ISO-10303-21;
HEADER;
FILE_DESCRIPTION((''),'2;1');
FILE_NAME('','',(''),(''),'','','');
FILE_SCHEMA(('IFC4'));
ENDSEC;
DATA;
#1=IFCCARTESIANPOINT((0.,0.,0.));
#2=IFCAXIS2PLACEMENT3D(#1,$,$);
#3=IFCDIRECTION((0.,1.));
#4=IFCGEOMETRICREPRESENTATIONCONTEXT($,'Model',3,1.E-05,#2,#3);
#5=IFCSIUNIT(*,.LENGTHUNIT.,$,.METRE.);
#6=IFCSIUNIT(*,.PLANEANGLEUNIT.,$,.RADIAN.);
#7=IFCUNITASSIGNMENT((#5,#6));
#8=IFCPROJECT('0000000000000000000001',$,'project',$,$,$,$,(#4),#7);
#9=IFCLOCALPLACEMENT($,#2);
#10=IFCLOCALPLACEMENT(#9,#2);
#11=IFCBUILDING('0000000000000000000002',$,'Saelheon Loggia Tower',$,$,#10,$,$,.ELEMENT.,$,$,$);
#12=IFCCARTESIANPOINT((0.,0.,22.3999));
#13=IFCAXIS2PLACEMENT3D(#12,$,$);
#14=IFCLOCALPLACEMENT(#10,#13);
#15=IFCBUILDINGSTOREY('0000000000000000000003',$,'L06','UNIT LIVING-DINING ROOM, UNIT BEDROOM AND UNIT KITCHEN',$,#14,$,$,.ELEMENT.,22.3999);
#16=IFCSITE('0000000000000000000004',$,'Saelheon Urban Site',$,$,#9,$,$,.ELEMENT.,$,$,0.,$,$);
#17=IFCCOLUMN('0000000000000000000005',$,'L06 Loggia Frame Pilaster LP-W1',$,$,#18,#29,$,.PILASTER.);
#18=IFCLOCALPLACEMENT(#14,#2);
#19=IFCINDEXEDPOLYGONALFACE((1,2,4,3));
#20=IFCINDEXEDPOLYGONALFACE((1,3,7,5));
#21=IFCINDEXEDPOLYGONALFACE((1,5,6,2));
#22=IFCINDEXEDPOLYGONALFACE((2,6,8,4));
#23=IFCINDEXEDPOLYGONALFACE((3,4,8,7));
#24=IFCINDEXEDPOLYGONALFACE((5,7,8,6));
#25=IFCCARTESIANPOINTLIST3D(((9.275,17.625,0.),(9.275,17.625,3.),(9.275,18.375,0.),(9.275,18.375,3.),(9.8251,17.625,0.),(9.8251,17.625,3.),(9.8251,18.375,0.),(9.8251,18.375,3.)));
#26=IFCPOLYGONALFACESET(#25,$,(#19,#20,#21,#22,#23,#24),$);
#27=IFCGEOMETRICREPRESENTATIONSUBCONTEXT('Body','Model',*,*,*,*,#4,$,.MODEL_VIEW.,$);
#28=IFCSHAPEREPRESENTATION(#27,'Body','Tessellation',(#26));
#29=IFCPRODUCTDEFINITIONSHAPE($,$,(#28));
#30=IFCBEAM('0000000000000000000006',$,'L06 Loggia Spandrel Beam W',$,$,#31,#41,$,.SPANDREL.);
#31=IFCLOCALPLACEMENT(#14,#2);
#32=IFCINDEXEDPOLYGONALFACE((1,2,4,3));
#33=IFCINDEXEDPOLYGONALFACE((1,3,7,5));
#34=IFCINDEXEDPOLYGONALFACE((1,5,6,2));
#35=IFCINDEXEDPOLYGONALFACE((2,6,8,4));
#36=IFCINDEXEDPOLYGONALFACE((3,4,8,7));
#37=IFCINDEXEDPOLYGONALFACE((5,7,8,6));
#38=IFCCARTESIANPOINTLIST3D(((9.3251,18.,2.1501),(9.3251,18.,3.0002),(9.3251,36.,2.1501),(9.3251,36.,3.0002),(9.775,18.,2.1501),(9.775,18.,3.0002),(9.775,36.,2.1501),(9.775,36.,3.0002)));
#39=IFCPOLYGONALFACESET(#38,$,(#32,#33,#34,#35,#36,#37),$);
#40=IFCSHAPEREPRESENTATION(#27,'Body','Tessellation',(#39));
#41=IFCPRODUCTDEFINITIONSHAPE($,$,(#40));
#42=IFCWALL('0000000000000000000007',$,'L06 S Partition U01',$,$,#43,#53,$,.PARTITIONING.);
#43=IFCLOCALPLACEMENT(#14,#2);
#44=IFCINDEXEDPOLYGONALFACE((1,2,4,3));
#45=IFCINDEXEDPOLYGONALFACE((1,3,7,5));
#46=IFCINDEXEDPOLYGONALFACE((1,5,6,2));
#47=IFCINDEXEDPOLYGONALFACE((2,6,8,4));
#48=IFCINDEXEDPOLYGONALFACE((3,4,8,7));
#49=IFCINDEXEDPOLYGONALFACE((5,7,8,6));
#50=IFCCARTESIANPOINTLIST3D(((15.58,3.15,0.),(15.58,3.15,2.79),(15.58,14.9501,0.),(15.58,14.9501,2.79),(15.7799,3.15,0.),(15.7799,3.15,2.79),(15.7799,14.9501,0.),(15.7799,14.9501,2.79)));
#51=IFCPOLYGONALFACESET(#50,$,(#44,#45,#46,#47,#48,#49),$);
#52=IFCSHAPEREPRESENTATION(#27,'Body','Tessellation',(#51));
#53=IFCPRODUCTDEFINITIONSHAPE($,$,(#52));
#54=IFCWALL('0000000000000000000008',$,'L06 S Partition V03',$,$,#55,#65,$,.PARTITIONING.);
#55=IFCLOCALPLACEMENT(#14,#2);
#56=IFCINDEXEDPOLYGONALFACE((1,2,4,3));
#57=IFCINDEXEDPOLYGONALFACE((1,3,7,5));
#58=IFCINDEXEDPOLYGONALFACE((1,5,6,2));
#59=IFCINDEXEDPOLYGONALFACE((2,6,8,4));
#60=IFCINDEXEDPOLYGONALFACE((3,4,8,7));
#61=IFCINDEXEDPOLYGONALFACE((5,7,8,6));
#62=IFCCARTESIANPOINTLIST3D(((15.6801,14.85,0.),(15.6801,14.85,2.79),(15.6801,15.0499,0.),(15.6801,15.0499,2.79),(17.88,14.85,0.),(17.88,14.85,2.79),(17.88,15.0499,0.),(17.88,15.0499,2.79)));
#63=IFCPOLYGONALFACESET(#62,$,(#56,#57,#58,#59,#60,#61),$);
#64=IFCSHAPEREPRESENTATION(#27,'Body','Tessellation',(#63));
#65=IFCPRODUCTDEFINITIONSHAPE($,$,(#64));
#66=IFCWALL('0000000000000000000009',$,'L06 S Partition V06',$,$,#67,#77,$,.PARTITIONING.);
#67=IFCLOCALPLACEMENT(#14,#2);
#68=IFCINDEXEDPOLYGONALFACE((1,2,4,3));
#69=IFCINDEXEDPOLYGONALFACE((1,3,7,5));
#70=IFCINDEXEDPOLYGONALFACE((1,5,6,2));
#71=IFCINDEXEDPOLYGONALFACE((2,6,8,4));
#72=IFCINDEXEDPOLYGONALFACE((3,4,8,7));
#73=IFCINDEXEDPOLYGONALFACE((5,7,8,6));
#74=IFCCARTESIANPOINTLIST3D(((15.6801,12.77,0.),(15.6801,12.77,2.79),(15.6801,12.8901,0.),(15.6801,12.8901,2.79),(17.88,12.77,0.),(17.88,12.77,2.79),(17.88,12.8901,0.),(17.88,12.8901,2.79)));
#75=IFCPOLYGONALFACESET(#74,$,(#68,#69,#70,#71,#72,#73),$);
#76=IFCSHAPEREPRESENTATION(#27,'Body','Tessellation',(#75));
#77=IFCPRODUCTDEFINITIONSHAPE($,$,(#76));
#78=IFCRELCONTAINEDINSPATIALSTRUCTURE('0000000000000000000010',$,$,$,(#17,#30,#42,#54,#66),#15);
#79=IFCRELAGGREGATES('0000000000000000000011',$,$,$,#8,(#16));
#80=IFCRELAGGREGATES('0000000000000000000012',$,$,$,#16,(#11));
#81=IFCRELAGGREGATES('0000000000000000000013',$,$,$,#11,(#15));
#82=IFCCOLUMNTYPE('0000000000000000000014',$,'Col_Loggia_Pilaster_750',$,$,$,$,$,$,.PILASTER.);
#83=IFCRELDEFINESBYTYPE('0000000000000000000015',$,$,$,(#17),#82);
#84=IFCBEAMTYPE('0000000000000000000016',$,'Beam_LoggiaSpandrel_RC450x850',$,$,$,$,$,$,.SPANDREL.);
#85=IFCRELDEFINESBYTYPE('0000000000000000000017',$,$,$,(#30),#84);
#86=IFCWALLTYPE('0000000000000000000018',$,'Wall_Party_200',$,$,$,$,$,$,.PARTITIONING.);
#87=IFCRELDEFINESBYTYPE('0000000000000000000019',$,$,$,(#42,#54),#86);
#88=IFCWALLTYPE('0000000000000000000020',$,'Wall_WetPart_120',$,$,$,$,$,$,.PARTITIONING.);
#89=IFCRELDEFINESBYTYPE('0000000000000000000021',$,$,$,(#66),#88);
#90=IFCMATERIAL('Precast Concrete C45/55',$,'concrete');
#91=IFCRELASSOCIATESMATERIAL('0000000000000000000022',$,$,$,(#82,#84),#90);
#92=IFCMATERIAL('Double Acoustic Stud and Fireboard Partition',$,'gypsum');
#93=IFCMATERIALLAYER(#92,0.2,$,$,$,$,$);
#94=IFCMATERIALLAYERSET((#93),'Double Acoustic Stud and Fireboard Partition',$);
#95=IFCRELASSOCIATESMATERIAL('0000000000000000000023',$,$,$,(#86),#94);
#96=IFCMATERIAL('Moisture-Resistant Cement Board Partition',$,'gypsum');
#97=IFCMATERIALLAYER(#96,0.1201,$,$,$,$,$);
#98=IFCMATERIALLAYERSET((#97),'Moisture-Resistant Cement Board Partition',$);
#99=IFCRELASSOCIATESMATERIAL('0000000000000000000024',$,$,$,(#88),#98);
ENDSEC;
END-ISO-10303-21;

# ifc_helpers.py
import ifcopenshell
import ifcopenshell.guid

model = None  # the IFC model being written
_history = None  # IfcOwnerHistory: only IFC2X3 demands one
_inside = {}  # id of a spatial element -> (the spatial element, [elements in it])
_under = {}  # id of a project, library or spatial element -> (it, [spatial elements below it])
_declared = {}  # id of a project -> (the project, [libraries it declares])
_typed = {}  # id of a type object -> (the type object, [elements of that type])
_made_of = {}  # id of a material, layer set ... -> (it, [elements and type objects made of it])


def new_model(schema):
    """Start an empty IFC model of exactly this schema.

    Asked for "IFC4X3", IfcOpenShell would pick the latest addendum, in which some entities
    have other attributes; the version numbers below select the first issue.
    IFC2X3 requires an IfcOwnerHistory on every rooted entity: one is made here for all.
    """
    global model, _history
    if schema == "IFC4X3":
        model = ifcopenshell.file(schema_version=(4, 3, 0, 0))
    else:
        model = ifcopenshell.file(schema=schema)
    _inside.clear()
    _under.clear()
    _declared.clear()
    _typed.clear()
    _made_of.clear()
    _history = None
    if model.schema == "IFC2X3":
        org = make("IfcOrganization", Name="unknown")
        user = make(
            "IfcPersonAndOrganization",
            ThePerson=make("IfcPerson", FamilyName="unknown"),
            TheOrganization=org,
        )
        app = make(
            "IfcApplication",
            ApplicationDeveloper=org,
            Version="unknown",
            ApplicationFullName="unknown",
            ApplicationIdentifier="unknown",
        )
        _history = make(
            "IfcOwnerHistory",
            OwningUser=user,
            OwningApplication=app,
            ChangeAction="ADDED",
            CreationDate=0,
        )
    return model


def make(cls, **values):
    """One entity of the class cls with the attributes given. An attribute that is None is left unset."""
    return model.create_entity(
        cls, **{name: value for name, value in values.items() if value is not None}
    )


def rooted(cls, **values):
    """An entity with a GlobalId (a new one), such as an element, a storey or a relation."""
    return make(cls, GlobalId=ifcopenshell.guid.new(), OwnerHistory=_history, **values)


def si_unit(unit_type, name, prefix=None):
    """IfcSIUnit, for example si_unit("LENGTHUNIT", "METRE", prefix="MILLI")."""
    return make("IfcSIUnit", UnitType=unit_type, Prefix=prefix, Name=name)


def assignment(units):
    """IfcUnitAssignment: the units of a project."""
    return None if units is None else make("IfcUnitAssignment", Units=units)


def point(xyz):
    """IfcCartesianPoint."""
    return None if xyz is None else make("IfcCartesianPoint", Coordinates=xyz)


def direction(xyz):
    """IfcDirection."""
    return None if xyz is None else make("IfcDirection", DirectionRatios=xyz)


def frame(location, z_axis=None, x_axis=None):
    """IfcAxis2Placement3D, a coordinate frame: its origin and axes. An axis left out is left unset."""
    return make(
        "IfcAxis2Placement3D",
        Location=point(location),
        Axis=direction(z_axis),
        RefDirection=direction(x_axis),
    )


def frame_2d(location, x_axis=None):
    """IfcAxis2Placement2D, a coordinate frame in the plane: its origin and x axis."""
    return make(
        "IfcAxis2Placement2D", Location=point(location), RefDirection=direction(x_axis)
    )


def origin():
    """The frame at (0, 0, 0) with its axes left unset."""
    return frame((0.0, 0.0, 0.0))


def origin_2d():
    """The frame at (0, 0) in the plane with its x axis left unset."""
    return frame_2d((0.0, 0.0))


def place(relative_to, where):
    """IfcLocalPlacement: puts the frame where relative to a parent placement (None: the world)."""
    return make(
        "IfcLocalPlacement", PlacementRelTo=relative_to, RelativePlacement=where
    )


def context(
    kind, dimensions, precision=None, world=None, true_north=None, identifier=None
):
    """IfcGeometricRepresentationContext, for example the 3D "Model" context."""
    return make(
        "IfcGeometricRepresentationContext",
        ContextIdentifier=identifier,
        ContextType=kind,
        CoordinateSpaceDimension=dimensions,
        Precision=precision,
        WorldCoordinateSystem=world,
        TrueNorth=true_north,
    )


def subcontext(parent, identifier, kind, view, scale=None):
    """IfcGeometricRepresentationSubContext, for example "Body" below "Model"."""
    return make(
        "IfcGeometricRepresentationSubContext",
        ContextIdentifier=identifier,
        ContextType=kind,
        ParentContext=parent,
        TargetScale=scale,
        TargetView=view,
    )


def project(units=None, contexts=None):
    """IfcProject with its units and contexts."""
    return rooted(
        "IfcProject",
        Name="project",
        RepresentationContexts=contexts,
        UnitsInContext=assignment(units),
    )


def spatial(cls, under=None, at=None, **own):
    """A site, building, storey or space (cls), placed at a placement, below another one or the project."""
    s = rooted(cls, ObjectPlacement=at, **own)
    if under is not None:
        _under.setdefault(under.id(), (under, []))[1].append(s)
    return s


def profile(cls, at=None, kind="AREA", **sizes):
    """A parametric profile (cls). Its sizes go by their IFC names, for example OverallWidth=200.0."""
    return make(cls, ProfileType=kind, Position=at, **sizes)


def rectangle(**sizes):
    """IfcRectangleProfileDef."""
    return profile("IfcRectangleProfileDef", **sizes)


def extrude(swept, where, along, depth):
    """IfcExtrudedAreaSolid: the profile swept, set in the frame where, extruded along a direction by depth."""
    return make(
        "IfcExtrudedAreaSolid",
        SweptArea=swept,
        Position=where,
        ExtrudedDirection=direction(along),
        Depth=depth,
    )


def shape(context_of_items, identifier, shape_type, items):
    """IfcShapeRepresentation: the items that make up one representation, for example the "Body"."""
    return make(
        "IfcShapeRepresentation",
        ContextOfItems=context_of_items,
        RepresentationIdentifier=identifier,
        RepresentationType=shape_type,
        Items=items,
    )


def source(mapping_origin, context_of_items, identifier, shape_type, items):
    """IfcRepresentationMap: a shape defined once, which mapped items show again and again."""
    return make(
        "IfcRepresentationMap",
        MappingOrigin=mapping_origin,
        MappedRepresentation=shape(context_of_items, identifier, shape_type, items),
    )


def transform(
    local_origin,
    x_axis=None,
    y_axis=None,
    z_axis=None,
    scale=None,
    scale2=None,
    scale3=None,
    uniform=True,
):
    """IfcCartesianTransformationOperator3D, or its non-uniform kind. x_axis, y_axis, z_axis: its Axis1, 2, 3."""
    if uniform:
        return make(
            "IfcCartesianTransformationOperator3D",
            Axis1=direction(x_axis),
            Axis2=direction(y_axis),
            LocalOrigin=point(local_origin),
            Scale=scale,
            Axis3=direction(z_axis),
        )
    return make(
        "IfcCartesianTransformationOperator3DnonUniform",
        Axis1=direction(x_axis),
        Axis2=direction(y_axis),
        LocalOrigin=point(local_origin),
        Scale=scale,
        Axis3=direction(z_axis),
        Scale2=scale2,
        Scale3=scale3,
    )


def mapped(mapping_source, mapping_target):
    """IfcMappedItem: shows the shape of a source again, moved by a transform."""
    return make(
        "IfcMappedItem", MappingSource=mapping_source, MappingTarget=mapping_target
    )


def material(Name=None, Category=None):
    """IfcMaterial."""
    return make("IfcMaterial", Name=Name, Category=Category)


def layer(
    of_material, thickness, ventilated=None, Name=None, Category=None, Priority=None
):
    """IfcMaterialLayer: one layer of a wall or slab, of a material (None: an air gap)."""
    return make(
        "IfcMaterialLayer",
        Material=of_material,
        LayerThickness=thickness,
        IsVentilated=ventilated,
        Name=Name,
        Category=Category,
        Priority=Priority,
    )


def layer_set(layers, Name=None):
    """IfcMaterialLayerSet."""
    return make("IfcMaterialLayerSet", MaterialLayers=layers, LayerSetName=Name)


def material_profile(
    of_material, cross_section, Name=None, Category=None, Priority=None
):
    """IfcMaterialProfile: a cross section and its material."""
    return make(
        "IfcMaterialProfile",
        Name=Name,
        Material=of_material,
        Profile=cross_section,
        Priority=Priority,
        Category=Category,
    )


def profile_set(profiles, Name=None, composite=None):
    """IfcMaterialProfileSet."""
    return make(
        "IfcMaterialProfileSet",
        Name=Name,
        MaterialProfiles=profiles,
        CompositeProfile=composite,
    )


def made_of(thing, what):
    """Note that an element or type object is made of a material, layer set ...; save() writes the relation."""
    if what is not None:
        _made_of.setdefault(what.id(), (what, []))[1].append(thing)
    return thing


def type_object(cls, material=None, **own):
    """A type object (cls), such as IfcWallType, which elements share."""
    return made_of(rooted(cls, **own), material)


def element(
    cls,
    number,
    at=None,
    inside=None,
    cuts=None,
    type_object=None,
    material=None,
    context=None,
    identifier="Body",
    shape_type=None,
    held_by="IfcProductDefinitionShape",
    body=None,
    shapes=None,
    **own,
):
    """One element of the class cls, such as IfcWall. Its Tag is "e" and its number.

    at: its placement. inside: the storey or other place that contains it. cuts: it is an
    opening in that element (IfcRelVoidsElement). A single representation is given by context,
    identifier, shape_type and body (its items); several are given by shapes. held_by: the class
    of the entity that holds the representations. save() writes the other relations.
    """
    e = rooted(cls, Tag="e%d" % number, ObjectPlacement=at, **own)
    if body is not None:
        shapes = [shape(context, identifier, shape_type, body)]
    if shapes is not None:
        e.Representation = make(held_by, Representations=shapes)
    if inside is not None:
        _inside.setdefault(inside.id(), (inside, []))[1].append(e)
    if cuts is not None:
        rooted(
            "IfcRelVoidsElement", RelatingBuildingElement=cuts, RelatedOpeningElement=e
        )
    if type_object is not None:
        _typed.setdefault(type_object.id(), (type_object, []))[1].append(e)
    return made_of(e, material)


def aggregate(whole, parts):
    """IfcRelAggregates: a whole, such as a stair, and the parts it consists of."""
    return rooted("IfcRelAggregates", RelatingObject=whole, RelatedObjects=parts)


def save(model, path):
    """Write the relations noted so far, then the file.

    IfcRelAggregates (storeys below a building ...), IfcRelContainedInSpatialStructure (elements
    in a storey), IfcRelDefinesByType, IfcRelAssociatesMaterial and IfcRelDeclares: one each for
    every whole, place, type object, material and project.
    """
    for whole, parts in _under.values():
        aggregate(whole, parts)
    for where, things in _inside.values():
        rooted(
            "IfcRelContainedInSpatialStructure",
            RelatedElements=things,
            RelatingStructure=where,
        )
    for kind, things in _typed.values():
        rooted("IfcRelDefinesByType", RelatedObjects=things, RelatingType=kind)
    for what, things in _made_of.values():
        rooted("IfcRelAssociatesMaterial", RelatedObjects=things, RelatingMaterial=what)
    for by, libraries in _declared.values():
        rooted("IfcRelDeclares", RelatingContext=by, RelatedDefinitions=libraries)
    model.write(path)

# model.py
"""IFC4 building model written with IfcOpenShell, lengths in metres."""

from ifc_helpers import new_model, si_unit, direction, frame, frame_2d, origin, origin_2d, place, context, subcontext, project, spatial, rectangle, extrude, source, transform, mapped, material, layer, layer_set, material_profile, profile_set, type_object, element, save


model = new_model("IFC4")

# Units and contexts
model_context = context("Model", 3, precision=1e-05, world=origin(), true_north=direction((0.0, 1.0)))
body_context = subcontext(model_context, "Body", "Model", "MODEL_VIEW")
ifc_project = project(units=[si_unit("LENGTHUNIT", "METRE"), si_unit("PLANEANGLEUNIT", "RADIAN")], contexts=[model_context])

# Site, building, storey
site_placement = place(None, origin())
site = spatial("IfcSite", under=ifc_project, at=site_placement, Name="Saelheon Urban Site", CompositionType="ELEMENT", RefElevation=0.0)
building_placement = place(site_placement, origin())
building = spatial("IfcBuilding", under=site, at=building_placement, Name="Saelheon Loggia Tower", CompositionType="ELEMENT")
storey_placement = place(building_placement, frame((0.0, 0.0, 22.3999)))
storey = spatial("IfcBuildingStorey", under=building, at=storey_placement, Name="L06", Description="UNIT LIVING-DINING ROOM, UNIT BEDROOM AND UNIT KITCHEN", CompositionType="ELEMENT", Elevation=22.3999)

# Column
ifc_material_1 = material(Name="Precast Concrete C45/55", Category="concrete")
ifc_material_profile_1 = material_profile(ifc_material_1, rectangle(XDim=0.55, YDim=0.75, at=origin_2d()), Name="RC-550x750")
ifc_profile_set_1 = profile_set([ifc_material_profile_1], Name="Precast Concrete C45/55")
column_type = type_object("IfcColumnType", Name="Col_Loggia_Pilaster_750", PredefinedType="PILASTER", material=ifc_profile_set_1)
shared_shape_1 = source(origin(), body_context, "Body", "SweptSolid", [
    extrude(rectangle(XDim=0.55, YDim=0.75, at=origin_2d()), origin(), (0.0, 0.0, 1.0), 3.0),
])
column_placement = place(storey_placement, frame((9.55, 18.0, 0.0), z_axis=(0.0, 0.0, 1.0), x_axis=(1.0, 0.0, 0.0)))
element("IfcColumn", 1, at=column_placement, inside=storey, type_object=column_type, Name="L06 Loggia Frame Pilaster LP-W1", PredefinedType="PILASTER", context=body_context, shape_type="MappedRepresentation", body=[
    mapped(shared_shape_1, transform((0.0, 0.0, 0.0), scale=1.0)),
])

# Beam
ifc_material_profile_2 = material_profile(ifc_material_1, rectangle(XDim=0.45, YDim=0.8501, at=origin_2d()), Name="RC-450x850")
ifc_profile_set_2 = profile_set([ifc_material_profile_2], Name="Precast Concrete C45/55")
beam_type = type_object("IfcBeamType", Name="Beam_LoggiaSpandrel_RC450x850", PredefinedType="SPANDREL", material=ifc_profile_set_2)
shared_shape_2 = source(origin(), body_context, "Body", "SweptSolid", [
    extrude(rectangle(XDim=0.45, YDim=0.8501, at=origin_2d()), origin(), (0.0, 0.0, 1.0), 18.0),
])
beam_placement = place(storey_placement, frame((9.55, 18.0, 2.5752), z_axis=(0.0, 1.0, 0.0), x_axis=(-1.0, 0.0, 0.0)))
element("IfcBeam", 2, at=beam_placement, inside=storey, type_object=beam_type, Name="L06 Loggia Spandrel Beam W", PredefinedType="SPANDREL", context=body_context, shape_type="MappedRepresentation", body=[
    mapped(shared_shape_2, transform((0.0, 0.0, 0.0), scale=1.0)),
])

# Walls
ifc_material_2 = material(Name="Double Acoustic Stud and Fireboard Partition", Category="gypsum")
ifc_layer_1 = layer(ifc_material_2, 0.2)
ifc_layer_set_1 = layer_set([ifc_layer_1], Name="Double Acoustic Stud and Fireboard Partition")
wall_type_1 = type_object("IfcWallType", Name="Wall_Party_200", PredefinedType="PARTITIONING", material=ifc_layer_set_1)
wall_1_placement = place(storey_placement, frame((15.6799, 14.95, 0.0), z_axis=(0.0, 0.0, 1.0), x_axis=(0.0, -1.0, 0.0)))
element("IfcWall", 3, at=wall_1_placement, inside=storey, type_object=wall_type_1, Name="L06 S Partition U01", PredefinedType="PARTITIONING", context=body_context, shape_type="SweptSolid", body=[
    extrude(rectangle(XDim=11.8, YDim=0.2, at=frame_2d((5.8999, 0.0))), origin(), (0.0, 0.0, 1.0), 2.79),
])
wall_2_placement = place(storey_placement, frame((15.6799, 14.95, 0.0), z_axis=(0.0, 0.0, 1.0), x_axis=(1.0, 0.0, 0.0)))
element("IfcWall", 4, at=wall_2_placement, inside=storey, type_object=wall_type_1, Name="L06 S Partition V03", PredefinedType="PARTITIONING", context=body_context, shape_type="SweptSolid", body=[
    extrude(rectangle(XDim=2.2, YDim=0.2, at=frame_2d((1.1001, 0.0))), origin(), (0.0, 0.0, 1.0), 2.79),
])
ifc_material_3 = material(Name="Moisture-Resistant Cement Board Partition", Category="gypsum")
ifc_layer_2 = layer(ifc_material_3, 0.1201)
ifc_layer_set_2 = layer_set([ifc_layer_2], Name="Moisture-Resistant Cement Board Partition")
wall_type_2 = type_object("IfcWallType", Name="Wall_WetPart_120", PredefinedType="PARTITIONING", material=ifc_layer_set_2)
wall_3_placement = place(storey_placement, frame((15.6799, 12.8301, 0.0), z_axis=(0.0, 0.0, 1.0), x_axis=(1.0, 0.0, 0.0)))
element("IfcWall", 5, at=wall_3_placement, inside=storey, type_object=wall_type_2, Name="L06 S Partition V06", PredefinedType="PARTITIONING", context=body_context, shape_type="SweptSolid", body=[
    extrude(rectangle(XDim=2.2, YDim=0.1201, at=frame_2d((1.1001, 0.0))), origin(), (0.0, 0.0, 1.0), 2.79),
])

save(model, "model.ifc")
